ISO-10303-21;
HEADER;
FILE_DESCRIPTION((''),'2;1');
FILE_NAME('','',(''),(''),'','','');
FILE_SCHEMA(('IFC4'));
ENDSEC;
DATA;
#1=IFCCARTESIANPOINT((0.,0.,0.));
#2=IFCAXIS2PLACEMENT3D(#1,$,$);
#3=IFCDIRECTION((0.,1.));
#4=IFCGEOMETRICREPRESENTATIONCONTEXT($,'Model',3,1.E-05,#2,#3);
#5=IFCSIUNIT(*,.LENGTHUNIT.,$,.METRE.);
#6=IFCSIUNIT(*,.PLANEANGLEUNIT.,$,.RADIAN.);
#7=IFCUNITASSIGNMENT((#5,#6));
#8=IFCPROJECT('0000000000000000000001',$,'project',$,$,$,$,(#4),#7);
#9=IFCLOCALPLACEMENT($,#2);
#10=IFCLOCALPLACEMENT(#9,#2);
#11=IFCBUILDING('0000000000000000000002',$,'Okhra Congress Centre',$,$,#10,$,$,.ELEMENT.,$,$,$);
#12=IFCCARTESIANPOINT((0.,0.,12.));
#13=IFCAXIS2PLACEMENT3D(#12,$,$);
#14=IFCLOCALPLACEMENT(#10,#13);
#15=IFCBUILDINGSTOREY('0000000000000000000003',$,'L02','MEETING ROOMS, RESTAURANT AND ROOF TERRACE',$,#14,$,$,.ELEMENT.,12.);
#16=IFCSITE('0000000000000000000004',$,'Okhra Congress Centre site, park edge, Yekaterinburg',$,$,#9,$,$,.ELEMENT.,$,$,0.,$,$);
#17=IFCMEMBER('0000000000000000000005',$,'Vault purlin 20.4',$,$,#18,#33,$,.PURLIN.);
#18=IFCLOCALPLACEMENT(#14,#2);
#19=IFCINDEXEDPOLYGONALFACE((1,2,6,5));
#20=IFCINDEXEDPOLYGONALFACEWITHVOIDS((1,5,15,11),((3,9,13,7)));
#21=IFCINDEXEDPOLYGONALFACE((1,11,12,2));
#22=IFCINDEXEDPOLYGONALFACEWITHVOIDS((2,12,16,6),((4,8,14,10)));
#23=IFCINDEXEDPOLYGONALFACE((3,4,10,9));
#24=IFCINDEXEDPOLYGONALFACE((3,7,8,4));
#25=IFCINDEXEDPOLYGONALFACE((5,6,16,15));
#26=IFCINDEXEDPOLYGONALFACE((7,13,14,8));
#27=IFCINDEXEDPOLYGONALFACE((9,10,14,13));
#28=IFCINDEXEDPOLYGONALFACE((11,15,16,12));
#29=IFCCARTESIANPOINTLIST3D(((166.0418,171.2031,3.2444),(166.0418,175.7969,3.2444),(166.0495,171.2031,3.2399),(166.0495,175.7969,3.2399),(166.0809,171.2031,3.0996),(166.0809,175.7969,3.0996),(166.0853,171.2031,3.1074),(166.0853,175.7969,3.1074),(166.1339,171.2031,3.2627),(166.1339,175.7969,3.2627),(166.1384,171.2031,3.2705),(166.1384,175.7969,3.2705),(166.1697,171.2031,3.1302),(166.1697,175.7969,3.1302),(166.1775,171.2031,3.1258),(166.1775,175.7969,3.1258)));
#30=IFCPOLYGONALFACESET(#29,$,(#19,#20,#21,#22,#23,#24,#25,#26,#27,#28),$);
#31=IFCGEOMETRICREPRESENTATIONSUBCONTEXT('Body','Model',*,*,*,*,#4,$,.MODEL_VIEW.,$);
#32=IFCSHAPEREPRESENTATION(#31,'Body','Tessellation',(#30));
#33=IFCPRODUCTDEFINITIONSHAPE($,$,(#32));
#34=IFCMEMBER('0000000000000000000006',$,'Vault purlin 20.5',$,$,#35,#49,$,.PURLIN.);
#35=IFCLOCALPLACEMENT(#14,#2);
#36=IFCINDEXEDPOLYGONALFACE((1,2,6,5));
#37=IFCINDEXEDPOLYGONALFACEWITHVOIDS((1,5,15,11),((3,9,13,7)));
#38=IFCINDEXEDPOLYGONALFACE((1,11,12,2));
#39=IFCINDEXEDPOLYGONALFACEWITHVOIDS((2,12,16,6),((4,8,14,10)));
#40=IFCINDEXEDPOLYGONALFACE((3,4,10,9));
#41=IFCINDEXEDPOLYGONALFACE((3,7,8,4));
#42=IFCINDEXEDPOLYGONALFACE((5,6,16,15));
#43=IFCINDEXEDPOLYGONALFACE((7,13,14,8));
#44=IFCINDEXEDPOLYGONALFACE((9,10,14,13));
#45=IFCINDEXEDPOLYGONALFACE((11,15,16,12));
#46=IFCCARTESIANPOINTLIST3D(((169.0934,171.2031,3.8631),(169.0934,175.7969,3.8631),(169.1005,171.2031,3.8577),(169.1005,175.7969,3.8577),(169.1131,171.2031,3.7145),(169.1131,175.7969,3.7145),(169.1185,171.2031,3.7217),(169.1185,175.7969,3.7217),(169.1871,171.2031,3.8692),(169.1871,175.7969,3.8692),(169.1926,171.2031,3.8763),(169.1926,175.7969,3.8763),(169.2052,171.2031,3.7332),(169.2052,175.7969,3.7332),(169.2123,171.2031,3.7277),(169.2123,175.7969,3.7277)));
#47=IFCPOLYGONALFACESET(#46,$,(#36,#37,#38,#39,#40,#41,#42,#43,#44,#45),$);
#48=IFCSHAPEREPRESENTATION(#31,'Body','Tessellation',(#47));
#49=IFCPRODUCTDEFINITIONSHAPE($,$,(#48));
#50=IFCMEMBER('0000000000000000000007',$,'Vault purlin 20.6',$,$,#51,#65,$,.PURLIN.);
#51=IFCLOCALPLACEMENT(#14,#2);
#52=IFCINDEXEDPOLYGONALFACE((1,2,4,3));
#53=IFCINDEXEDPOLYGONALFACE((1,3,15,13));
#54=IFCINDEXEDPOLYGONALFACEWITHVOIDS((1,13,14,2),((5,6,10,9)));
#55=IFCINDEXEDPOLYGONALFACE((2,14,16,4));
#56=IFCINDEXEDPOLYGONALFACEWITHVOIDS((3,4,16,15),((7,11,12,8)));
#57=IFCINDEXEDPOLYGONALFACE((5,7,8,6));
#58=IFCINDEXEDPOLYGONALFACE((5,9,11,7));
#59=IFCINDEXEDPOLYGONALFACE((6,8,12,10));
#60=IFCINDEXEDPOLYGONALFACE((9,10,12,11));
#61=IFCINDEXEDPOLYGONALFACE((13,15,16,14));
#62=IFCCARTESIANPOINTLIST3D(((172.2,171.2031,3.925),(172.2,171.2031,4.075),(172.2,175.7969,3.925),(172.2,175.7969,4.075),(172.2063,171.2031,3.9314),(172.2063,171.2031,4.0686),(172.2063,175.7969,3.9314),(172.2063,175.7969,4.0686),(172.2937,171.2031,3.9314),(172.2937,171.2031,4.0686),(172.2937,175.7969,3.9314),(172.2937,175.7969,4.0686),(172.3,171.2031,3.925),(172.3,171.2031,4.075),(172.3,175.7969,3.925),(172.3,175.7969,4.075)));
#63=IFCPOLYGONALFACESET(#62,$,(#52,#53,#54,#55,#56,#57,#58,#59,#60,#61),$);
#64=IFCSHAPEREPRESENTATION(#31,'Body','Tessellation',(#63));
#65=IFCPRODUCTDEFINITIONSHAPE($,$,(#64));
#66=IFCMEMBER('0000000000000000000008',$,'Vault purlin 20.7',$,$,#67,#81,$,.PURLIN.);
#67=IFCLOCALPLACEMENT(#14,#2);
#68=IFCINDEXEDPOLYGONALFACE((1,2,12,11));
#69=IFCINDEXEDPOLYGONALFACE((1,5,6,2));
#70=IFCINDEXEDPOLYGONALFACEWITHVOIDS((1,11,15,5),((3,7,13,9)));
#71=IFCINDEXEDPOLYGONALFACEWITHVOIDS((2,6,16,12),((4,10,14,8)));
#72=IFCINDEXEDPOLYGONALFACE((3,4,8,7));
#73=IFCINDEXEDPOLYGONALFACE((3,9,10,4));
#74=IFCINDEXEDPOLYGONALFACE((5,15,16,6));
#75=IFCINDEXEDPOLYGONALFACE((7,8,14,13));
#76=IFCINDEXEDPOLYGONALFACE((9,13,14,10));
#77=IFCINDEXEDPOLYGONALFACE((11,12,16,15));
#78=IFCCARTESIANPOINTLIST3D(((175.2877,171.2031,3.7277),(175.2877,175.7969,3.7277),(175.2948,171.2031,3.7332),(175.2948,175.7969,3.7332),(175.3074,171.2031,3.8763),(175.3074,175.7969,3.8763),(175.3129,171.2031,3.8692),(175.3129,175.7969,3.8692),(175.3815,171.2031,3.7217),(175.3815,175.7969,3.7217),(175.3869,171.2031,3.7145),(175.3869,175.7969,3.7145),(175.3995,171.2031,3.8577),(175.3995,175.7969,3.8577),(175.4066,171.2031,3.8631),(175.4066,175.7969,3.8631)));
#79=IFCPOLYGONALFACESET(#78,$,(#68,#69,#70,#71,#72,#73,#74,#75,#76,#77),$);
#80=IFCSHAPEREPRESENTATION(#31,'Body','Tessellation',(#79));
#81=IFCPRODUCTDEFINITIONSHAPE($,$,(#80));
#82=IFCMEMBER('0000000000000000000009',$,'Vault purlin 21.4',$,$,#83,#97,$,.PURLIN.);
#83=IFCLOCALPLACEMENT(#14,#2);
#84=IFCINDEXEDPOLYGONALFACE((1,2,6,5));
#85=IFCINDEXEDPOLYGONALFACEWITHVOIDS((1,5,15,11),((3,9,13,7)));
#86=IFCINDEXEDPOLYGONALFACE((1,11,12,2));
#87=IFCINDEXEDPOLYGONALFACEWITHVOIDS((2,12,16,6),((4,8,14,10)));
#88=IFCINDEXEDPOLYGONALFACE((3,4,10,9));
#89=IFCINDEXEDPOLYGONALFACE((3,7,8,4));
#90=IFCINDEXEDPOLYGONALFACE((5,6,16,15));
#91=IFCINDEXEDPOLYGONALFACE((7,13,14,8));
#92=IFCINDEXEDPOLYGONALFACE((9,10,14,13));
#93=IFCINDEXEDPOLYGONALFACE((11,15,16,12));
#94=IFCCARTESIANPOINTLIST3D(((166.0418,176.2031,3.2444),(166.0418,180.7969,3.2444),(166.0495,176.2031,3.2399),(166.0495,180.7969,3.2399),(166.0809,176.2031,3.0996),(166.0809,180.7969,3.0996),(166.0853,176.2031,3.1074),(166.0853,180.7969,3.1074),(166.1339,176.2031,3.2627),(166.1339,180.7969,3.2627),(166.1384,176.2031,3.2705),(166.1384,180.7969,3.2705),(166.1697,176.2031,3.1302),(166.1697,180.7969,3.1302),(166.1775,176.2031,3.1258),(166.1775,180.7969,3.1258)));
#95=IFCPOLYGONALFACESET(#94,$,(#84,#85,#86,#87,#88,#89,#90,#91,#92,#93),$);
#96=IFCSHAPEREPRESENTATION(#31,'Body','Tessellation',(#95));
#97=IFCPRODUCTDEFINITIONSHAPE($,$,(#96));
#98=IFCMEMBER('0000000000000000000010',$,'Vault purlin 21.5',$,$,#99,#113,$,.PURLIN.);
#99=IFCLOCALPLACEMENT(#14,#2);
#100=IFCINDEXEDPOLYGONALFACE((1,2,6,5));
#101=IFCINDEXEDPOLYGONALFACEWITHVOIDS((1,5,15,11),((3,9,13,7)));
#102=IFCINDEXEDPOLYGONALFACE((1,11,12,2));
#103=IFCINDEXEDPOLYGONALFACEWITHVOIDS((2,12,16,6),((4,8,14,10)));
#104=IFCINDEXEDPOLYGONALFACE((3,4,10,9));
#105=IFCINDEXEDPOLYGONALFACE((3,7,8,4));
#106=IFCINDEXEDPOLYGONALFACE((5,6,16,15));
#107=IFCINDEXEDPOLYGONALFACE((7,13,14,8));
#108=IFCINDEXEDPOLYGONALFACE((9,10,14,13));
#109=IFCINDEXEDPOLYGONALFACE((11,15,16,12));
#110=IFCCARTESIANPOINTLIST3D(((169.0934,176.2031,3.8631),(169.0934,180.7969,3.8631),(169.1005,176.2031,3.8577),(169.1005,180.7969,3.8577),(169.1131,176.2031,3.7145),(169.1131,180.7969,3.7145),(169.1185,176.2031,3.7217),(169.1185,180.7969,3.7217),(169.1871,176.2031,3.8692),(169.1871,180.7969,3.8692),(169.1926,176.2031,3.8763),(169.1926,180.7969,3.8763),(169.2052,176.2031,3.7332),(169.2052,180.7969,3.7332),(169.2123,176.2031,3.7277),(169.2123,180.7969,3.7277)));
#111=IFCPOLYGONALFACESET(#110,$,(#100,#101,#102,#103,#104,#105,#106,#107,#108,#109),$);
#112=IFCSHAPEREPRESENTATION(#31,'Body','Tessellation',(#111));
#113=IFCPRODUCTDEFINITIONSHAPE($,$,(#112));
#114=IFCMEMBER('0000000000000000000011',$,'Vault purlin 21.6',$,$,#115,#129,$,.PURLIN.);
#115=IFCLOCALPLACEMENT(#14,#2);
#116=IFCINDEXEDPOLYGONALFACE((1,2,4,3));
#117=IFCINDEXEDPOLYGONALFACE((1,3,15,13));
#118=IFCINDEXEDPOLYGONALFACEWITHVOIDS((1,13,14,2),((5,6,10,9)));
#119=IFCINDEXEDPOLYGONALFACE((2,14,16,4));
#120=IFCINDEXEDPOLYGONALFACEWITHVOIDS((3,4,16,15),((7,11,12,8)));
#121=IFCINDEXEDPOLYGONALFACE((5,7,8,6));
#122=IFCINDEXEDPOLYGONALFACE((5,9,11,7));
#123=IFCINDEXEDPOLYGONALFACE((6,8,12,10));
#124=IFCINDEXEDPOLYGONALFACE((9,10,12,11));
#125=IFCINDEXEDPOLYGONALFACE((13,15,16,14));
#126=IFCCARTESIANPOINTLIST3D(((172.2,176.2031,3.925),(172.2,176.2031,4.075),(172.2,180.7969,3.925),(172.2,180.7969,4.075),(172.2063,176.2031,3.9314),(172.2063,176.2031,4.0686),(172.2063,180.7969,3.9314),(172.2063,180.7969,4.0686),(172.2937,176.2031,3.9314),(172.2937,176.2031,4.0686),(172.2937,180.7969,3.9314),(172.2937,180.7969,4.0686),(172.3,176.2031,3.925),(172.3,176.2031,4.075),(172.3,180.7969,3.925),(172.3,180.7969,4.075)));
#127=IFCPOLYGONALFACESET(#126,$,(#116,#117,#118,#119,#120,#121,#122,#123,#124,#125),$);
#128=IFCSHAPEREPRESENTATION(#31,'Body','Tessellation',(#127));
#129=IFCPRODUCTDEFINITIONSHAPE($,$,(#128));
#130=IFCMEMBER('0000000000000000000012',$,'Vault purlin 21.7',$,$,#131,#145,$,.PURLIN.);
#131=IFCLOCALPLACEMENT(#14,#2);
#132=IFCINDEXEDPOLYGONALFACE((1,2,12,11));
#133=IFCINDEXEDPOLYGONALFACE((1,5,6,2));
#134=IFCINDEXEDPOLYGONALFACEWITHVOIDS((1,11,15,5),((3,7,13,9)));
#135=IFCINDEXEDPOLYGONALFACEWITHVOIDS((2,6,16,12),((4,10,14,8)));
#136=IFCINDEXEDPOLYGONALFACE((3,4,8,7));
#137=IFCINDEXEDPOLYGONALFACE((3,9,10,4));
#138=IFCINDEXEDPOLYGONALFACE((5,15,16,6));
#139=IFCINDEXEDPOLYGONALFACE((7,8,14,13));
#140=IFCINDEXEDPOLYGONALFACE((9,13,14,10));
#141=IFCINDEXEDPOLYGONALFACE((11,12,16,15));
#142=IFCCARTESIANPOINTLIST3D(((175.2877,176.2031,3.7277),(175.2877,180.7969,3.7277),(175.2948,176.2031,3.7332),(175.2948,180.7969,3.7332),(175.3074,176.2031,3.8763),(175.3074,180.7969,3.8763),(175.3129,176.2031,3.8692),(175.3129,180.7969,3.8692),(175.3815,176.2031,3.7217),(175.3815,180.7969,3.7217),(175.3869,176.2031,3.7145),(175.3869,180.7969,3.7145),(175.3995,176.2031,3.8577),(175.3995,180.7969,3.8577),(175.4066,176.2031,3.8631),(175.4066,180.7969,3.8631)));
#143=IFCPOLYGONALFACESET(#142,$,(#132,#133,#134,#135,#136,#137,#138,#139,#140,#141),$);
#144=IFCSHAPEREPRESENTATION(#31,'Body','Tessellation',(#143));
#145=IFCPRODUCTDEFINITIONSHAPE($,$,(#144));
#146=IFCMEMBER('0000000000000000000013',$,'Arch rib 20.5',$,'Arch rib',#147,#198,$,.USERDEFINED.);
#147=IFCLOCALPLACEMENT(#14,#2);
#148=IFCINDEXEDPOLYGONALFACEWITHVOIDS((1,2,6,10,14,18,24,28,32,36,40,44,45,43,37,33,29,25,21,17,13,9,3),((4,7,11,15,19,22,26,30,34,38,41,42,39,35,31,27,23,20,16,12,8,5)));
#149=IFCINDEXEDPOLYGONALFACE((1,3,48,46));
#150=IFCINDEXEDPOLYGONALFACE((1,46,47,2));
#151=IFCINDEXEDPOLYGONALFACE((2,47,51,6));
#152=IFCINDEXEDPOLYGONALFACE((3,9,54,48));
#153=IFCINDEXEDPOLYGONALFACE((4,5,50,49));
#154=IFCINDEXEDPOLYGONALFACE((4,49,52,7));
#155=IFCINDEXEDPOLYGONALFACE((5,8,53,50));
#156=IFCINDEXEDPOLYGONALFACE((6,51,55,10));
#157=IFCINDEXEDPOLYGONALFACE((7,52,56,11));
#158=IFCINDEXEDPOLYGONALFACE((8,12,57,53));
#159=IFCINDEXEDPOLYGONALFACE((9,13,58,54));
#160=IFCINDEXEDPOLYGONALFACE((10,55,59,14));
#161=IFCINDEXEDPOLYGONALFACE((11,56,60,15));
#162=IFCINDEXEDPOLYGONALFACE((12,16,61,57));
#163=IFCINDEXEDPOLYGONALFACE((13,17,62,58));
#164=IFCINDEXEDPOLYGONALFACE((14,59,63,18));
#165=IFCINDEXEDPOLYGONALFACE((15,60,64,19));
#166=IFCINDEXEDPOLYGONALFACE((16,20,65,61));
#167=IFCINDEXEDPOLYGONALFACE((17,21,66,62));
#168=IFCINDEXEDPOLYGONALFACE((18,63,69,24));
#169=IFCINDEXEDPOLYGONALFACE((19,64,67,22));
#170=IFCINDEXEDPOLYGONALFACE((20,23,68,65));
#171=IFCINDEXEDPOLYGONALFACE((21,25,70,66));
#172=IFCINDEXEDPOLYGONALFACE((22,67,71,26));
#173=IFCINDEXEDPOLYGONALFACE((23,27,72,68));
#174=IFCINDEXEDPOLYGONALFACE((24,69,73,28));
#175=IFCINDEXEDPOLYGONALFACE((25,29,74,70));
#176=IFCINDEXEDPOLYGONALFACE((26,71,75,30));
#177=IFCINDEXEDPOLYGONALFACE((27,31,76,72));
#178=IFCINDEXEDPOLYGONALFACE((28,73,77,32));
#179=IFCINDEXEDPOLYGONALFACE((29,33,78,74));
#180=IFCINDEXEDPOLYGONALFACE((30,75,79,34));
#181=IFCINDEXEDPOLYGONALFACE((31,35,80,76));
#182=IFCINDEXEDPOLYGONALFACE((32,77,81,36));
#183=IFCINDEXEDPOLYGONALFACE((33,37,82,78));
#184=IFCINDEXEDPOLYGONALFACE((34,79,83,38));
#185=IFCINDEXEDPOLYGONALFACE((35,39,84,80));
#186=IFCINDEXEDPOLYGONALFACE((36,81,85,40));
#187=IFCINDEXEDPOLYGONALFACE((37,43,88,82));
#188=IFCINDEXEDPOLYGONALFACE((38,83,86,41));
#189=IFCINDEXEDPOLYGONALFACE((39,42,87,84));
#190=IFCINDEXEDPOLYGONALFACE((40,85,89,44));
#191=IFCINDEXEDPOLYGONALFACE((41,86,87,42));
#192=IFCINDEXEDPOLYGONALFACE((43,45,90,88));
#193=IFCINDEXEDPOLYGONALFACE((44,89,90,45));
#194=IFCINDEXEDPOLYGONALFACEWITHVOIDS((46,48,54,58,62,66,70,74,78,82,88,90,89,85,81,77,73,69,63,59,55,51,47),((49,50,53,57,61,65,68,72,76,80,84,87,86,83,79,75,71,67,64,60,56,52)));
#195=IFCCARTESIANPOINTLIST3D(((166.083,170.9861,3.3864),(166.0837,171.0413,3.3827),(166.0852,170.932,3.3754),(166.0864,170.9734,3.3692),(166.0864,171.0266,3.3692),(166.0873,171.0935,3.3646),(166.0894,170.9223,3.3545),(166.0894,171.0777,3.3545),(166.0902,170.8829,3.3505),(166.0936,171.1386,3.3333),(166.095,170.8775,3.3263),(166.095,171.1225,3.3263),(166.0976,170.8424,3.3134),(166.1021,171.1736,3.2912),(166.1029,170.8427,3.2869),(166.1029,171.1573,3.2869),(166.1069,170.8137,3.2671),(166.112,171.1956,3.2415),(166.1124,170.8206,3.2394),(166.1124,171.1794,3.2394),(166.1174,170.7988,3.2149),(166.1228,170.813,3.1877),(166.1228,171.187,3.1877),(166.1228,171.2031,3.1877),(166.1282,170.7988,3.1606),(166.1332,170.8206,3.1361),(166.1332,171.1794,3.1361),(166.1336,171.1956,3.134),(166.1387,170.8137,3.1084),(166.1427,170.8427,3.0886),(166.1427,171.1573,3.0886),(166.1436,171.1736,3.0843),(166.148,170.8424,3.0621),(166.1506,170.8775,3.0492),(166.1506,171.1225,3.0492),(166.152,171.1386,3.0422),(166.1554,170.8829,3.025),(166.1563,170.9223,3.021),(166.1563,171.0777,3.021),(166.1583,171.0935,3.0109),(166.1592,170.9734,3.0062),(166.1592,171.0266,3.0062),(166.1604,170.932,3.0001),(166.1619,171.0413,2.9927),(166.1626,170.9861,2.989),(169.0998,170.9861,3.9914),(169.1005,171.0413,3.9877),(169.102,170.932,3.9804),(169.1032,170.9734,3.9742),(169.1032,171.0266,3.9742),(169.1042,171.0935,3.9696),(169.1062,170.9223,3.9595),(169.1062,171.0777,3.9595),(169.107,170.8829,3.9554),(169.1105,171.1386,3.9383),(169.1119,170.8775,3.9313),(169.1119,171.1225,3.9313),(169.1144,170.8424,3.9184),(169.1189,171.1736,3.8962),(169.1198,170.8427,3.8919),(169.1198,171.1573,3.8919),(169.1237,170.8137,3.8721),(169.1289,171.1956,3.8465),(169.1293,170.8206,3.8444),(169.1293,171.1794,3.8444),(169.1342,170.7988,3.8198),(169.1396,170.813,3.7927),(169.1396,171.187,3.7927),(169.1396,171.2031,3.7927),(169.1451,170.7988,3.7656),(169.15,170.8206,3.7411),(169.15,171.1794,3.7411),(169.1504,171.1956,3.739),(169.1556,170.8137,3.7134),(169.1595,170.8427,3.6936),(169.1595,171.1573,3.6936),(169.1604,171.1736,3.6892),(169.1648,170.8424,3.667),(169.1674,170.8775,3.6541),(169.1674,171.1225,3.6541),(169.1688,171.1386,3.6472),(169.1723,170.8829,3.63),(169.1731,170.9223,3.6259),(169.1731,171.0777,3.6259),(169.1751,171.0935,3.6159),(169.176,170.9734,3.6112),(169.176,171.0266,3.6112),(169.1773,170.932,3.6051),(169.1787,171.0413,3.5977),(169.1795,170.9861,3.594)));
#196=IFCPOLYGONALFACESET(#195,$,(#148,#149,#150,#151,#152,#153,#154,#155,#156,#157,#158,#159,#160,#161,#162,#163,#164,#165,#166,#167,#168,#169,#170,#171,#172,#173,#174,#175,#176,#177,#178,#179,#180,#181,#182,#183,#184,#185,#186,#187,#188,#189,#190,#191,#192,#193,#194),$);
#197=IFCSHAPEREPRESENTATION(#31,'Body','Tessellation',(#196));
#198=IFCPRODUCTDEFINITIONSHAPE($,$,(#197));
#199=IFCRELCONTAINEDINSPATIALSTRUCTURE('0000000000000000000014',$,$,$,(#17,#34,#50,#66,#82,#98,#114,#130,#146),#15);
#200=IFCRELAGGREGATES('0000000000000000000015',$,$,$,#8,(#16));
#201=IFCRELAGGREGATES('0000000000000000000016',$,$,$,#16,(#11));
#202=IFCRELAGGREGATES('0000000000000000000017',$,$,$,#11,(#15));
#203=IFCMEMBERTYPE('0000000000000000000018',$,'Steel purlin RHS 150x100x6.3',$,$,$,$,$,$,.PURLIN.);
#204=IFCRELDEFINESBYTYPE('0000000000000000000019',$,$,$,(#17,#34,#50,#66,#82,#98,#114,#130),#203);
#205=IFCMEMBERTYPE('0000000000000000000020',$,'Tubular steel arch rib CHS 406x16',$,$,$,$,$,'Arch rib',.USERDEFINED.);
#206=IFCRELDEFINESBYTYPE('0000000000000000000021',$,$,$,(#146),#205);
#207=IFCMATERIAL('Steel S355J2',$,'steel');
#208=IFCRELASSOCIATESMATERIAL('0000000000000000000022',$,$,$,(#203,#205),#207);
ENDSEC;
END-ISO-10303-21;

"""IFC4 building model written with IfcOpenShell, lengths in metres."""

from ifc_helpers import new_model, si_unit, direction, frame, origin, origin_2d, place, context, subcontext, project, spatial, hollow_rectangle, hollow_circle, extrude, material, material_profile, profile_set, type_object, element, save


model = new_model("IFC4")

# Units and contexts
model_context = context("Model", 3, precision=1e-05, world=origin(), true_north=direction((0.0, 1.0)))
body_context = subcontext(model_context, "Body", "Model", "MODEL_VIEW")
ifc_project = project(units=[si_unit("LENGTHUNIT", "METRE"), si_unit("PLANEANGLEUNIT", "RADIAN")], contexts=[model_context])

# Site, building, storey
site_placement = place(None, origin())
site = spatial("IfcSite", under=ifc_project, at=site_placement, Name="Okhra Congress Centre site, park edge, Yekaterinburg", CompositionType="ELEMENT", RefElevation=0.0)
building_placement = place(site_placement, origin())
building = spatial("IfcBuilding", under=site, at=building_placement, Name="Okhra Congress Centre", CompositionType="ELEMENT")
storey_placement = place(building_placement, frame((0.0, 0.0, 12.0)))
storey = spatial("IfcBuildingStorey", under=building, at=storey_placement, Name="L02", Description="MEETING ROOMS, RESTAURANT AND ROOF TERRACE", CompositionType="ELEMENT", Elevation=12.0)

# Members
ifc_material_1 = material(Name="Steel S355J2", Category="steel")
ifc_material_profile_1 = material_profile(ifc_material_1, hollow_rectangle(XDim=0.1001, YDim=0.1499, WallThickness=0.0063, at=origin_2d()), Name="RHS 150x100x6.3")
ifc_profile_set_1 = profile_set([ifc_material_profile_1], Name="Steel S355J2")
member_type_1 = type_object("IfcMemberType", Name="Steel purlin RHS 150x100x6.3", PredefinedType="PURLIN", material=ifc_profile_set_1)
for number, where, z_axis, x_axis, name in (
    (1, (166.1096, 171.2031, 3.1851), (0.0, 1.0, 0.0), (-0.96538, 0.0, -0.260848), "Vault purlin 20.4"),
    (2, (169.1528, 171.2031, 3.7954), (0.0, 1.0, 0.0), (-0.991307, 0.0, -0.131568), "Vault purlin 20.5"),
    (3, (172.25, 171.2031, 4.0), (0.0, 1.0, 0.0), (-1.0, 0.0, 0.0), "Vault purlin 20.6"),
    (4, (175.3472, 171.2031, 3.7954), (0.0, 1.0, 0.0), (-0.991307, 0.0, 0.131568), "Vault purlin 20.7"),
    (5, (166.1096, 176.2031, 3.1851), (0.0, 1.0, 0.0), (-0.96538, 0.0, -0.260848), "Vault purlin 21.4"),
    (6, (169.1528, 176.2031, 3.7954), (0.0, 1.0, 0.0), (-0.991307, 0.0, -0.131568), "Vault purlin 21.5"),
    (7, (172.25, 176.2031, 4.0), (0.0, 1.0, 0.0), (-1.0, 0.0, 0.0), "Vault purlin 21.6"),
    (8, (175.3472, 176.2031, 3.7954), (0.0, 1.0, 0.0), (-0.991307, 0.0, 0.131568), "Vault purlin 21.7"),
):
    element("IfcMember", number, at=place(storey_placement, frame(where, z_axis=z_axis, x_axis=x_axis)), inside=storey, type_object=member_type_1, Name=name, PredefinedType="PURLIN", context=body_context, shape_type="SweptSolid", body=[
        extrude(hollow_rectangle(XDim=0.1001, YDim=0.1499, WallThickness=0.0063, at=origin_2d()), origin(), (0.0, 0.0, 1.0), 4.5938),
    ])
ifc_material_profile_2 = material_profile(ifc_material_1, hollow_circle(Radius=0.2031, WallThickness=0.0161, at=origin_2d()), Name="CHS 406.4x16")
ifc_profile_set_2 = profile_set([ifc_material_profile_2], Name="Steel S355J2")
member_type_2 = type_object("IfcMemberType", Name="Tubular steel arch rib CHS 406x16", ElementType="Arch rib", PredefinedType="USERDEFINED", material=ifc_profile_set_2)
for number, where, z_axis, x_axis, name in (
    (9, (166.1228, 171.0, 3.1877), (0.98048, 0.0, 0.19662), (0.0, 1.0, 0.0), "Arch rib 20.5"),
):
    element("IfcMember", number, at=place(storey_placement, frame(where, z_axis=z_axis, x_axis=x_axis)), inside=storey, type_object=member_type_2, Name=name, ObjectType="Arch rib", PredefinedType="USERDEFINED", context=body_context, shape_type="SweptSolid", body=[
        extrude(hollow_circle(Radius=0.2031, WallThickness=0.0161, at=origin_2d()), origin(), (0.0, 0.0, 1.0), 3.0769),
    ])

save(model, "model.ifc")
